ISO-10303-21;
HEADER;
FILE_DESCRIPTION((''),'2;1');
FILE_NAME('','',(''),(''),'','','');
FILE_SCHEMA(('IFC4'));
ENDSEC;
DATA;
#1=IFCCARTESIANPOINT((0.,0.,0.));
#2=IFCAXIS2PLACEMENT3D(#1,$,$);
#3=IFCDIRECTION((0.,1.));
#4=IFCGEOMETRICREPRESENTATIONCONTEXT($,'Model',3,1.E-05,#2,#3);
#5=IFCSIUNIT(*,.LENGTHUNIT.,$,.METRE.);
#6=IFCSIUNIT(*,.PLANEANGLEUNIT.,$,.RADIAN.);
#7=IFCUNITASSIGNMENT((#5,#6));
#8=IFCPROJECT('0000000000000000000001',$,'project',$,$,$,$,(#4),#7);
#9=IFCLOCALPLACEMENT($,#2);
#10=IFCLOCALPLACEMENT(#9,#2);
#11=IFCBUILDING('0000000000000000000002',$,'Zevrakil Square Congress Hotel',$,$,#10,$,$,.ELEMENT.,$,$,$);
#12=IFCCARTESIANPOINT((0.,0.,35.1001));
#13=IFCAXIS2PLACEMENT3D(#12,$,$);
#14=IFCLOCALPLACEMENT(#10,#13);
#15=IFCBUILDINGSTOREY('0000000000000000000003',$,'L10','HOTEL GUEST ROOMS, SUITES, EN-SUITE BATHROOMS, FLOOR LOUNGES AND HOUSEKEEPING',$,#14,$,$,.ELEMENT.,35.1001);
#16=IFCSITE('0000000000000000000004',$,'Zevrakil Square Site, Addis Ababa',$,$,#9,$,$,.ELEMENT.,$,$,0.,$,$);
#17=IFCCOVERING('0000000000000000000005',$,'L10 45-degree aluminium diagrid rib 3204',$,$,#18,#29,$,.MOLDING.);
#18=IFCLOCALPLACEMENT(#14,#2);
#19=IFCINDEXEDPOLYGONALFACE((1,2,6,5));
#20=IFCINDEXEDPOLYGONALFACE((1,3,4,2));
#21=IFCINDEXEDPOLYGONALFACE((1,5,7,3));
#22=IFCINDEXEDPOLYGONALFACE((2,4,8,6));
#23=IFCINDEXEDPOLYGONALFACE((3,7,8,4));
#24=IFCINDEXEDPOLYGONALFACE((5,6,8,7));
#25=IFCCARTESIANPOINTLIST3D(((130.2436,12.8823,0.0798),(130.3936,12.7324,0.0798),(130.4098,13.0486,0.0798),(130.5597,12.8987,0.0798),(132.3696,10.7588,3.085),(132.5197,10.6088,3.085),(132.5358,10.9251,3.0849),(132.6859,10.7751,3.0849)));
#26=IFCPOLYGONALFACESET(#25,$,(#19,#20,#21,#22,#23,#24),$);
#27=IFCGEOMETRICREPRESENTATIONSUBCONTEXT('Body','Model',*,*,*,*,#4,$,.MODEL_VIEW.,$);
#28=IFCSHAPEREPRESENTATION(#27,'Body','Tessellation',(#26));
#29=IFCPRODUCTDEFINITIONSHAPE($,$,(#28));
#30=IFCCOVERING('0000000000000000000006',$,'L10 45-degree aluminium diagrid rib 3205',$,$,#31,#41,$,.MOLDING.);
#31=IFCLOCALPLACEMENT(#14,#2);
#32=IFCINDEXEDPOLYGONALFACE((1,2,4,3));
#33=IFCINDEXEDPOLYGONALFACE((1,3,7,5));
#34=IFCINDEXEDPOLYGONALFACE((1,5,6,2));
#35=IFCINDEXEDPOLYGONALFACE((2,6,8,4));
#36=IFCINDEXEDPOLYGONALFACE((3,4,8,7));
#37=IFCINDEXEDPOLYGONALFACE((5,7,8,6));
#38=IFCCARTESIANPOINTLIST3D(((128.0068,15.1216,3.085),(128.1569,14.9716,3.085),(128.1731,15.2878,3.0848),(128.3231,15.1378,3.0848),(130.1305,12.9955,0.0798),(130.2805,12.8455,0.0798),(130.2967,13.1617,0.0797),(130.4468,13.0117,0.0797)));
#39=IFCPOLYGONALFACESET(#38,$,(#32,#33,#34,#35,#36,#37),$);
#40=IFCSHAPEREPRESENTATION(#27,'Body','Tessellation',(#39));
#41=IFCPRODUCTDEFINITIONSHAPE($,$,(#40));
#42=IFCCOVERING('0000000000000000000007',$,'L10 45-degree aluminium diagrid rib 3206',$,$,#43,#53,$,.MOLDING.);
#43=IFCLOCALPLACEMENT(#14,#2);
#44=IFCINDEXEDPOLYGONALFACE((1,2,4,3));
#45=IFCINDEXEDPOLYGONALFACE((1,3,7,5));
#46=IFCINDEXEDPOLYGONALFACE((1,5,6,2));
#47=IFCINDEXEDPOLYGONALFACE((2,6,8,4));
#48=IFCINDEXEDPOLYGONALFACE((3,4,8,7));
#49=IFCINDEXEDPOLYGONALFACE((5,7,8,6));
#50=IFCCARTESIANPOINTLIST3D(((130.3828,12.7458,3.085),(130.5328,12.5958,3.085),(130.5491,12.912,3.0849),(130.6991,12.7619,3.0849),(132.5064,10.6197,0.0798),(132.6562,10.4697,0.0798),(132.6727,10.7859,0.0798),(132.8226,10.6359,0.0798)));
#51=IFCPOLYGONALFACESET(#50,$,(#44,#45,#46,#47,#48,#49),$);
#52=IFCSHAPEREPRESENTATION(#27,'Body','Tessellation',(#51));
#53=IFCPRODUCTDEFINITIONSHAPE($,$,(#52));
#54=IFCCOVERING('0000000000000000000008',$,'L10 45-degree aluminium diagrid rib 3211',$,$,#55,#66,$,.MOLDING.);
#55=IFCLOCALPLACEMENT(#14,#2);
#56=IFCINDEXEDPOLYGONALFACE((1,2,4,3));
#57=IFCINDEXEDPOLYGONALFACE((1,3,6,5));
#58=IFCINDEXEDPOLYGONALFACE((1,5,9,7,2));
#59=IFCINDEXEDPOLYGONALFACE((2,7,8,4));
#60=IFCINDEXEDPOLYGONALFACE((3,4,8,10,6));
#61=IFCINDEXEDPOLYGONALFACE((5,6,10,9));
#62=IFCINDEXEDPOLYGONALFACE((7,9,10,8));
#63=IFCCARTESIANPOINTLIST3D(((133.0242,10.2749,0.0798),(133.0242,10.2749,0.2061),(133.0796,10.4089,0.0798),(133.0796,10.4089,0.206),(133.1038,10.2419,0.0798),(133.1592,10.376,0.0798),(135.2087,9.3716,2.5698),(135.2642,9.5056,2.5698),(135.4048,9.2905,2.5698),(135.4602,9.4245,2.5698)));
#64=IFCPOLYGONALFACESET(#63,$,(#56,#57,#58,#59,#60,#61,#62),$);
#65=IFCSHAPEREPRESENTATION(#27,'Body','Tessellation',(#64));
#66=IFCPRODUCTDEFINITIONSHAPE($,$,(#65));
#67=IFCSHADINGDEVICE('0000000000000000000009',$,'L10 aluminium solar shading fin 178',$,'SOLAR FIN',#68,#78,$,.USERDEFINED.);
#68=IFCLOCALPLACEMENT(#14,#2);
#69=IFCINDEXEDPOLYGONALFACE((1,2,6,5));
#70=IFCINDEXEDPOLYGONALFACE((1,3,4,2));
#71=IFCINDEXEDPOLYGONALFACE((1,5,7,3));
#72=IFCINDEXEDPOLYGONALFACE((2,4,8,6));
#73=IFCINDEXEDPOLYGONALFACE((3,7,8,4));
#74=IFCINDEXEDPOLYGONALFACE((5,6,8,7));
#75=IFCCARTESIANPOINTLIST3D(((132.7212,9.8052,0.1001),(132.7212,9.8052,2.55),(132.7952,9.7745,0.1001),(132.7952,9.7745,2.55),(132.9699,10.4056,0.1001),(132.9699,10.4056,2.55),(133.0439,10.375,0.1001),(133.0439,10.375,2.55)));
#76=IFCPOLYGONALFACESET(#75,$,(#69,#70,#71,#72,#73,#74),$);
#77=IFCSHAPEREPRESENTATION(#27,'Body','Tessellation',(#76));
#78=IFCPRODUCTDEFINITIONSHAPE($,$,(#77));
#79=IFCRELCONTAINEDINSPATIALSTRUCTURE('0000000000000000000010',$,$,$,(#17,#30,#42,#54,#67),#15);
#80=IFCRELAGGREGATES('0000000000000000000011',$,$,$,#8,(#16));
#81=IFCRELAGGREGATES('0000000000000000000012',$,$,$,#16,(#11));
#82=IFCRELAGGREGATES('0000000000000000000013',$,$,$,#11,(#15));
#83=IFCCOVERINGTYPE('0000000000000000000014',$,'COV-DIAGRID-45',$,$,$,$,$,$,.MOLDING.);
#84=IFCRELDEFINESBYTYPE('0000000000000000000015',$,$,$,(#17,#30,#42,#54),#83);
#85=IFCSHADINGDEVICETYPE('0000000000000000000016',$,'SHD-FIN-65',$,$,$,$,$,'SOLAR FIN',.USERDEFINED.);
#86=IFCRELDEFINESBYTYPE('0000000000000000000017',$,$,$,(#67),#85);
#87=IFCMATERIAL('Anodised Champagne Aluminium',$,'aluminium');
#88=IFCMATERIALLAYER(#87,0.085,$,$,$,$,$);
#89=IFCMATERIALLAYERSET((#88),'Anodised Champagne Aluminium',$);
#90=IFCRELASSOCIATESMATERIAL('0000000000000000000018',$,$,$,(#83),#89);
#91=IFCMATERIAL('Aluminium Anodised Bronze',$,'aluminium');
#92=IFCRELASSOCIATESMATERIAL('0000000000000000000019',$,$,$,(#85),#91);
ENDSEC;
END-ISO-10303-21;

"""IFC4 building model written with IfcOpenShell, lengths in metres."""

from ifc_helpers import new_model, si_unit, direction, frame, origin, origin_2d, place, context, subcontext, project, spatial, polyline, rectangle, outline, extrude, material, layer, layer_set, type_object, element, save


model = new_model("IFC4")

# Units and contexts
model_context = context("Model", 3, precision=1e-05, world=origin(), true_north=direction((0.0, 1.0)))
body_context = subcontext(model_context, "Body", "Model", "MODEL_VIEW")
ifc_project = project(units=[si_unit("LENGTHUNIT", "METRE"), si_unit("PLANEANGLEUNIT", "RADIAN")], contexts=[model_context])

# Site, building, storey
site_placement = place(None, origin())
site = spatial("IfcSite", under=ifc_project, at=site_placement, Name="Zevrakil Square Site, Addis Ababa", CompositionType="ELEMENT", RefElevation=0.0)
building_placement = place(site_placement, origin())
building = spatial("IfcBuilding", under=site, at=building_placement, Name="Zevrakil Square Congress Hotel", CompositionType="ELEMENT")
storey_placement = place(building_placement, frame((0.0, 0.0, 35.1001)))
storey = spatial("IfcBuildingStorey", under=building, at=storey_placement, Name="L10", Description="HOTEL GUEST ROOMS, SUITES, EN-SUITE BATHROOMS, FLOOR LOUNGES AND HOUSEKEEPING", CompositionType="ELEMENT", Elevation=35.1001)

# Coverings
ifc_material_1 = material(Name="Anodised Champagne Aluminium", Category="aluminium")
ifc_layer_1 = layer(ifc_material_1, 0.085)
ifc_layer_set_1 = layer_set([ifc_layer_1], Name="Anodised Champagne Aluminium")
covering_type_1 = type_object("IfcCoveringType", Name="COV-DIAGRID-45", PredefinedType="MOLDING", material=ifc_layer_set_1)
covering_1_placement = place(storey_placement, frame((130.3936, 12.7324, 0.0798), z_axis=(-0.706819, -0.707395, 0.000196), x_axis=(-0.707395, 0.706819, 0.0)))
element("IfcCovering", 1, at=covering_1_placement, inside=storey, type_object=covering_type_1, Name="L10 45-degree aluminium diagrid rib 3204", PredefinedType="MOLDING", context=body_context, shape_type="SweptSolid", body=[
    extrude(outline(polyline([(0.0, 0.0), (0.212, 0.0), (-2.7929, -3.0051), (-3.005, -3.0051), (0.0, 0.0)])), origin(), (0.0, 0.0, -1.0), 0.2351),
])
covering_2_placement = place(storey_placement, frame((128.0068, 15.1216, 3.085), z_axis=(-0.707107, -0.707107, 0.000574), x_axis=(0.707107, -0.707107, 0.0)))
element("IfcCovering", 2, at=covering_2_placement, inside=storey, type_object=covering_type_1, Name="L10 45-degree aluminium diagrid rib 3205", PredefinedType="MOLDING", context=body_context, shape_type="SweptSolid", body=[
    extrude(outline(polyline([(0.0, 0.0), (0.2122, 0.0), (3.2172, -3.0051), (3.005, -3.0051), (0.0, 0.0)])), origin(), (0.0, 0.0, -1.0), 0.2351),
])
covering_3_placement = place(storey_placement, frame((130.3828, 12.7458, 3.085), z_axis=(-0.707395, -0.706819, 0.000196), x_axis=(0.706819, -0.707395, 0.0)))
element("IfcCovering", 3, at=covering_3_placement, inside=storey, type_object=covering_type_1, Name="L10 45-degree aluminium diagrid rib 3206", PredefinedType="MOLDING", context=body_context, shape_type="SweptSolid", body=[
    extrude(outline(polyline([(0.0, 0.0), (0.2122, 0.0), (3.217, -3.0051), (3.005, -3.0051), (0.0, 0.0)])), origin(), (0.0, 0.0, -1.0), 0.2351),
])
covering_4_placement = place(storey_placement, frame((133.1038, 10.2419, 0.0798), z_axis=(-0.3822, -0.92408, 0.000091), x_axis=(-0.92408, 0.3822, 0.0)))
element("IfcCovering", 4, at=covering_4_placement, inside=storey, type_object=covering_type_1, Name="L10 45-degree aluminium diagrid rib 3211", PredefinedType="MOLDING", context=body_context, shape_type="SweptSolid", body=[
    extrude(outline(polyline([(0.0, 0.0), (0.0861, 0.0), (0.0861, -0.1262), (-2.2778, -2.49), (-2.49, -2.49), (0.0, 0.0)])), origin(), (0.0, 0.0, -1.0), 0.145),
])

# Shading device
ifc_material_2 = material(Name="Aluminium Anodised Bronze", Category="aluminium")
shading_device_type = type_object("IfcShadingDeviceType", Name="SHD-FIN-65", ElementType="SOLAR FIN", PredefinedType="USERDEFINED", material=ifc_material_2)
shading_device_placement = place(storey_placement, frame((132.8826, 10.0901, 0.1001), z_axis=(0.0, 0.0, 1.0), x_axis=(-0.382683, -0.92388, 0.0)))
element("IfcShadingDevice", 5, at=shading_device_placement, inside=storey, type_object=shading_device_type, Name="L10 aluminium solar shading fin 178", ObjectType="SOLAR FIN", PredefinedType="USERDEFINED", context=body_context, shape_type="SweptSolid", body=[
    extrude(rectangle(XDim=0.6499, YDim=0.0801, at=origin_2d()), origin(), (0.0, 0.0, 1.0), 2.45),
])

save(model, "model.ifc")
